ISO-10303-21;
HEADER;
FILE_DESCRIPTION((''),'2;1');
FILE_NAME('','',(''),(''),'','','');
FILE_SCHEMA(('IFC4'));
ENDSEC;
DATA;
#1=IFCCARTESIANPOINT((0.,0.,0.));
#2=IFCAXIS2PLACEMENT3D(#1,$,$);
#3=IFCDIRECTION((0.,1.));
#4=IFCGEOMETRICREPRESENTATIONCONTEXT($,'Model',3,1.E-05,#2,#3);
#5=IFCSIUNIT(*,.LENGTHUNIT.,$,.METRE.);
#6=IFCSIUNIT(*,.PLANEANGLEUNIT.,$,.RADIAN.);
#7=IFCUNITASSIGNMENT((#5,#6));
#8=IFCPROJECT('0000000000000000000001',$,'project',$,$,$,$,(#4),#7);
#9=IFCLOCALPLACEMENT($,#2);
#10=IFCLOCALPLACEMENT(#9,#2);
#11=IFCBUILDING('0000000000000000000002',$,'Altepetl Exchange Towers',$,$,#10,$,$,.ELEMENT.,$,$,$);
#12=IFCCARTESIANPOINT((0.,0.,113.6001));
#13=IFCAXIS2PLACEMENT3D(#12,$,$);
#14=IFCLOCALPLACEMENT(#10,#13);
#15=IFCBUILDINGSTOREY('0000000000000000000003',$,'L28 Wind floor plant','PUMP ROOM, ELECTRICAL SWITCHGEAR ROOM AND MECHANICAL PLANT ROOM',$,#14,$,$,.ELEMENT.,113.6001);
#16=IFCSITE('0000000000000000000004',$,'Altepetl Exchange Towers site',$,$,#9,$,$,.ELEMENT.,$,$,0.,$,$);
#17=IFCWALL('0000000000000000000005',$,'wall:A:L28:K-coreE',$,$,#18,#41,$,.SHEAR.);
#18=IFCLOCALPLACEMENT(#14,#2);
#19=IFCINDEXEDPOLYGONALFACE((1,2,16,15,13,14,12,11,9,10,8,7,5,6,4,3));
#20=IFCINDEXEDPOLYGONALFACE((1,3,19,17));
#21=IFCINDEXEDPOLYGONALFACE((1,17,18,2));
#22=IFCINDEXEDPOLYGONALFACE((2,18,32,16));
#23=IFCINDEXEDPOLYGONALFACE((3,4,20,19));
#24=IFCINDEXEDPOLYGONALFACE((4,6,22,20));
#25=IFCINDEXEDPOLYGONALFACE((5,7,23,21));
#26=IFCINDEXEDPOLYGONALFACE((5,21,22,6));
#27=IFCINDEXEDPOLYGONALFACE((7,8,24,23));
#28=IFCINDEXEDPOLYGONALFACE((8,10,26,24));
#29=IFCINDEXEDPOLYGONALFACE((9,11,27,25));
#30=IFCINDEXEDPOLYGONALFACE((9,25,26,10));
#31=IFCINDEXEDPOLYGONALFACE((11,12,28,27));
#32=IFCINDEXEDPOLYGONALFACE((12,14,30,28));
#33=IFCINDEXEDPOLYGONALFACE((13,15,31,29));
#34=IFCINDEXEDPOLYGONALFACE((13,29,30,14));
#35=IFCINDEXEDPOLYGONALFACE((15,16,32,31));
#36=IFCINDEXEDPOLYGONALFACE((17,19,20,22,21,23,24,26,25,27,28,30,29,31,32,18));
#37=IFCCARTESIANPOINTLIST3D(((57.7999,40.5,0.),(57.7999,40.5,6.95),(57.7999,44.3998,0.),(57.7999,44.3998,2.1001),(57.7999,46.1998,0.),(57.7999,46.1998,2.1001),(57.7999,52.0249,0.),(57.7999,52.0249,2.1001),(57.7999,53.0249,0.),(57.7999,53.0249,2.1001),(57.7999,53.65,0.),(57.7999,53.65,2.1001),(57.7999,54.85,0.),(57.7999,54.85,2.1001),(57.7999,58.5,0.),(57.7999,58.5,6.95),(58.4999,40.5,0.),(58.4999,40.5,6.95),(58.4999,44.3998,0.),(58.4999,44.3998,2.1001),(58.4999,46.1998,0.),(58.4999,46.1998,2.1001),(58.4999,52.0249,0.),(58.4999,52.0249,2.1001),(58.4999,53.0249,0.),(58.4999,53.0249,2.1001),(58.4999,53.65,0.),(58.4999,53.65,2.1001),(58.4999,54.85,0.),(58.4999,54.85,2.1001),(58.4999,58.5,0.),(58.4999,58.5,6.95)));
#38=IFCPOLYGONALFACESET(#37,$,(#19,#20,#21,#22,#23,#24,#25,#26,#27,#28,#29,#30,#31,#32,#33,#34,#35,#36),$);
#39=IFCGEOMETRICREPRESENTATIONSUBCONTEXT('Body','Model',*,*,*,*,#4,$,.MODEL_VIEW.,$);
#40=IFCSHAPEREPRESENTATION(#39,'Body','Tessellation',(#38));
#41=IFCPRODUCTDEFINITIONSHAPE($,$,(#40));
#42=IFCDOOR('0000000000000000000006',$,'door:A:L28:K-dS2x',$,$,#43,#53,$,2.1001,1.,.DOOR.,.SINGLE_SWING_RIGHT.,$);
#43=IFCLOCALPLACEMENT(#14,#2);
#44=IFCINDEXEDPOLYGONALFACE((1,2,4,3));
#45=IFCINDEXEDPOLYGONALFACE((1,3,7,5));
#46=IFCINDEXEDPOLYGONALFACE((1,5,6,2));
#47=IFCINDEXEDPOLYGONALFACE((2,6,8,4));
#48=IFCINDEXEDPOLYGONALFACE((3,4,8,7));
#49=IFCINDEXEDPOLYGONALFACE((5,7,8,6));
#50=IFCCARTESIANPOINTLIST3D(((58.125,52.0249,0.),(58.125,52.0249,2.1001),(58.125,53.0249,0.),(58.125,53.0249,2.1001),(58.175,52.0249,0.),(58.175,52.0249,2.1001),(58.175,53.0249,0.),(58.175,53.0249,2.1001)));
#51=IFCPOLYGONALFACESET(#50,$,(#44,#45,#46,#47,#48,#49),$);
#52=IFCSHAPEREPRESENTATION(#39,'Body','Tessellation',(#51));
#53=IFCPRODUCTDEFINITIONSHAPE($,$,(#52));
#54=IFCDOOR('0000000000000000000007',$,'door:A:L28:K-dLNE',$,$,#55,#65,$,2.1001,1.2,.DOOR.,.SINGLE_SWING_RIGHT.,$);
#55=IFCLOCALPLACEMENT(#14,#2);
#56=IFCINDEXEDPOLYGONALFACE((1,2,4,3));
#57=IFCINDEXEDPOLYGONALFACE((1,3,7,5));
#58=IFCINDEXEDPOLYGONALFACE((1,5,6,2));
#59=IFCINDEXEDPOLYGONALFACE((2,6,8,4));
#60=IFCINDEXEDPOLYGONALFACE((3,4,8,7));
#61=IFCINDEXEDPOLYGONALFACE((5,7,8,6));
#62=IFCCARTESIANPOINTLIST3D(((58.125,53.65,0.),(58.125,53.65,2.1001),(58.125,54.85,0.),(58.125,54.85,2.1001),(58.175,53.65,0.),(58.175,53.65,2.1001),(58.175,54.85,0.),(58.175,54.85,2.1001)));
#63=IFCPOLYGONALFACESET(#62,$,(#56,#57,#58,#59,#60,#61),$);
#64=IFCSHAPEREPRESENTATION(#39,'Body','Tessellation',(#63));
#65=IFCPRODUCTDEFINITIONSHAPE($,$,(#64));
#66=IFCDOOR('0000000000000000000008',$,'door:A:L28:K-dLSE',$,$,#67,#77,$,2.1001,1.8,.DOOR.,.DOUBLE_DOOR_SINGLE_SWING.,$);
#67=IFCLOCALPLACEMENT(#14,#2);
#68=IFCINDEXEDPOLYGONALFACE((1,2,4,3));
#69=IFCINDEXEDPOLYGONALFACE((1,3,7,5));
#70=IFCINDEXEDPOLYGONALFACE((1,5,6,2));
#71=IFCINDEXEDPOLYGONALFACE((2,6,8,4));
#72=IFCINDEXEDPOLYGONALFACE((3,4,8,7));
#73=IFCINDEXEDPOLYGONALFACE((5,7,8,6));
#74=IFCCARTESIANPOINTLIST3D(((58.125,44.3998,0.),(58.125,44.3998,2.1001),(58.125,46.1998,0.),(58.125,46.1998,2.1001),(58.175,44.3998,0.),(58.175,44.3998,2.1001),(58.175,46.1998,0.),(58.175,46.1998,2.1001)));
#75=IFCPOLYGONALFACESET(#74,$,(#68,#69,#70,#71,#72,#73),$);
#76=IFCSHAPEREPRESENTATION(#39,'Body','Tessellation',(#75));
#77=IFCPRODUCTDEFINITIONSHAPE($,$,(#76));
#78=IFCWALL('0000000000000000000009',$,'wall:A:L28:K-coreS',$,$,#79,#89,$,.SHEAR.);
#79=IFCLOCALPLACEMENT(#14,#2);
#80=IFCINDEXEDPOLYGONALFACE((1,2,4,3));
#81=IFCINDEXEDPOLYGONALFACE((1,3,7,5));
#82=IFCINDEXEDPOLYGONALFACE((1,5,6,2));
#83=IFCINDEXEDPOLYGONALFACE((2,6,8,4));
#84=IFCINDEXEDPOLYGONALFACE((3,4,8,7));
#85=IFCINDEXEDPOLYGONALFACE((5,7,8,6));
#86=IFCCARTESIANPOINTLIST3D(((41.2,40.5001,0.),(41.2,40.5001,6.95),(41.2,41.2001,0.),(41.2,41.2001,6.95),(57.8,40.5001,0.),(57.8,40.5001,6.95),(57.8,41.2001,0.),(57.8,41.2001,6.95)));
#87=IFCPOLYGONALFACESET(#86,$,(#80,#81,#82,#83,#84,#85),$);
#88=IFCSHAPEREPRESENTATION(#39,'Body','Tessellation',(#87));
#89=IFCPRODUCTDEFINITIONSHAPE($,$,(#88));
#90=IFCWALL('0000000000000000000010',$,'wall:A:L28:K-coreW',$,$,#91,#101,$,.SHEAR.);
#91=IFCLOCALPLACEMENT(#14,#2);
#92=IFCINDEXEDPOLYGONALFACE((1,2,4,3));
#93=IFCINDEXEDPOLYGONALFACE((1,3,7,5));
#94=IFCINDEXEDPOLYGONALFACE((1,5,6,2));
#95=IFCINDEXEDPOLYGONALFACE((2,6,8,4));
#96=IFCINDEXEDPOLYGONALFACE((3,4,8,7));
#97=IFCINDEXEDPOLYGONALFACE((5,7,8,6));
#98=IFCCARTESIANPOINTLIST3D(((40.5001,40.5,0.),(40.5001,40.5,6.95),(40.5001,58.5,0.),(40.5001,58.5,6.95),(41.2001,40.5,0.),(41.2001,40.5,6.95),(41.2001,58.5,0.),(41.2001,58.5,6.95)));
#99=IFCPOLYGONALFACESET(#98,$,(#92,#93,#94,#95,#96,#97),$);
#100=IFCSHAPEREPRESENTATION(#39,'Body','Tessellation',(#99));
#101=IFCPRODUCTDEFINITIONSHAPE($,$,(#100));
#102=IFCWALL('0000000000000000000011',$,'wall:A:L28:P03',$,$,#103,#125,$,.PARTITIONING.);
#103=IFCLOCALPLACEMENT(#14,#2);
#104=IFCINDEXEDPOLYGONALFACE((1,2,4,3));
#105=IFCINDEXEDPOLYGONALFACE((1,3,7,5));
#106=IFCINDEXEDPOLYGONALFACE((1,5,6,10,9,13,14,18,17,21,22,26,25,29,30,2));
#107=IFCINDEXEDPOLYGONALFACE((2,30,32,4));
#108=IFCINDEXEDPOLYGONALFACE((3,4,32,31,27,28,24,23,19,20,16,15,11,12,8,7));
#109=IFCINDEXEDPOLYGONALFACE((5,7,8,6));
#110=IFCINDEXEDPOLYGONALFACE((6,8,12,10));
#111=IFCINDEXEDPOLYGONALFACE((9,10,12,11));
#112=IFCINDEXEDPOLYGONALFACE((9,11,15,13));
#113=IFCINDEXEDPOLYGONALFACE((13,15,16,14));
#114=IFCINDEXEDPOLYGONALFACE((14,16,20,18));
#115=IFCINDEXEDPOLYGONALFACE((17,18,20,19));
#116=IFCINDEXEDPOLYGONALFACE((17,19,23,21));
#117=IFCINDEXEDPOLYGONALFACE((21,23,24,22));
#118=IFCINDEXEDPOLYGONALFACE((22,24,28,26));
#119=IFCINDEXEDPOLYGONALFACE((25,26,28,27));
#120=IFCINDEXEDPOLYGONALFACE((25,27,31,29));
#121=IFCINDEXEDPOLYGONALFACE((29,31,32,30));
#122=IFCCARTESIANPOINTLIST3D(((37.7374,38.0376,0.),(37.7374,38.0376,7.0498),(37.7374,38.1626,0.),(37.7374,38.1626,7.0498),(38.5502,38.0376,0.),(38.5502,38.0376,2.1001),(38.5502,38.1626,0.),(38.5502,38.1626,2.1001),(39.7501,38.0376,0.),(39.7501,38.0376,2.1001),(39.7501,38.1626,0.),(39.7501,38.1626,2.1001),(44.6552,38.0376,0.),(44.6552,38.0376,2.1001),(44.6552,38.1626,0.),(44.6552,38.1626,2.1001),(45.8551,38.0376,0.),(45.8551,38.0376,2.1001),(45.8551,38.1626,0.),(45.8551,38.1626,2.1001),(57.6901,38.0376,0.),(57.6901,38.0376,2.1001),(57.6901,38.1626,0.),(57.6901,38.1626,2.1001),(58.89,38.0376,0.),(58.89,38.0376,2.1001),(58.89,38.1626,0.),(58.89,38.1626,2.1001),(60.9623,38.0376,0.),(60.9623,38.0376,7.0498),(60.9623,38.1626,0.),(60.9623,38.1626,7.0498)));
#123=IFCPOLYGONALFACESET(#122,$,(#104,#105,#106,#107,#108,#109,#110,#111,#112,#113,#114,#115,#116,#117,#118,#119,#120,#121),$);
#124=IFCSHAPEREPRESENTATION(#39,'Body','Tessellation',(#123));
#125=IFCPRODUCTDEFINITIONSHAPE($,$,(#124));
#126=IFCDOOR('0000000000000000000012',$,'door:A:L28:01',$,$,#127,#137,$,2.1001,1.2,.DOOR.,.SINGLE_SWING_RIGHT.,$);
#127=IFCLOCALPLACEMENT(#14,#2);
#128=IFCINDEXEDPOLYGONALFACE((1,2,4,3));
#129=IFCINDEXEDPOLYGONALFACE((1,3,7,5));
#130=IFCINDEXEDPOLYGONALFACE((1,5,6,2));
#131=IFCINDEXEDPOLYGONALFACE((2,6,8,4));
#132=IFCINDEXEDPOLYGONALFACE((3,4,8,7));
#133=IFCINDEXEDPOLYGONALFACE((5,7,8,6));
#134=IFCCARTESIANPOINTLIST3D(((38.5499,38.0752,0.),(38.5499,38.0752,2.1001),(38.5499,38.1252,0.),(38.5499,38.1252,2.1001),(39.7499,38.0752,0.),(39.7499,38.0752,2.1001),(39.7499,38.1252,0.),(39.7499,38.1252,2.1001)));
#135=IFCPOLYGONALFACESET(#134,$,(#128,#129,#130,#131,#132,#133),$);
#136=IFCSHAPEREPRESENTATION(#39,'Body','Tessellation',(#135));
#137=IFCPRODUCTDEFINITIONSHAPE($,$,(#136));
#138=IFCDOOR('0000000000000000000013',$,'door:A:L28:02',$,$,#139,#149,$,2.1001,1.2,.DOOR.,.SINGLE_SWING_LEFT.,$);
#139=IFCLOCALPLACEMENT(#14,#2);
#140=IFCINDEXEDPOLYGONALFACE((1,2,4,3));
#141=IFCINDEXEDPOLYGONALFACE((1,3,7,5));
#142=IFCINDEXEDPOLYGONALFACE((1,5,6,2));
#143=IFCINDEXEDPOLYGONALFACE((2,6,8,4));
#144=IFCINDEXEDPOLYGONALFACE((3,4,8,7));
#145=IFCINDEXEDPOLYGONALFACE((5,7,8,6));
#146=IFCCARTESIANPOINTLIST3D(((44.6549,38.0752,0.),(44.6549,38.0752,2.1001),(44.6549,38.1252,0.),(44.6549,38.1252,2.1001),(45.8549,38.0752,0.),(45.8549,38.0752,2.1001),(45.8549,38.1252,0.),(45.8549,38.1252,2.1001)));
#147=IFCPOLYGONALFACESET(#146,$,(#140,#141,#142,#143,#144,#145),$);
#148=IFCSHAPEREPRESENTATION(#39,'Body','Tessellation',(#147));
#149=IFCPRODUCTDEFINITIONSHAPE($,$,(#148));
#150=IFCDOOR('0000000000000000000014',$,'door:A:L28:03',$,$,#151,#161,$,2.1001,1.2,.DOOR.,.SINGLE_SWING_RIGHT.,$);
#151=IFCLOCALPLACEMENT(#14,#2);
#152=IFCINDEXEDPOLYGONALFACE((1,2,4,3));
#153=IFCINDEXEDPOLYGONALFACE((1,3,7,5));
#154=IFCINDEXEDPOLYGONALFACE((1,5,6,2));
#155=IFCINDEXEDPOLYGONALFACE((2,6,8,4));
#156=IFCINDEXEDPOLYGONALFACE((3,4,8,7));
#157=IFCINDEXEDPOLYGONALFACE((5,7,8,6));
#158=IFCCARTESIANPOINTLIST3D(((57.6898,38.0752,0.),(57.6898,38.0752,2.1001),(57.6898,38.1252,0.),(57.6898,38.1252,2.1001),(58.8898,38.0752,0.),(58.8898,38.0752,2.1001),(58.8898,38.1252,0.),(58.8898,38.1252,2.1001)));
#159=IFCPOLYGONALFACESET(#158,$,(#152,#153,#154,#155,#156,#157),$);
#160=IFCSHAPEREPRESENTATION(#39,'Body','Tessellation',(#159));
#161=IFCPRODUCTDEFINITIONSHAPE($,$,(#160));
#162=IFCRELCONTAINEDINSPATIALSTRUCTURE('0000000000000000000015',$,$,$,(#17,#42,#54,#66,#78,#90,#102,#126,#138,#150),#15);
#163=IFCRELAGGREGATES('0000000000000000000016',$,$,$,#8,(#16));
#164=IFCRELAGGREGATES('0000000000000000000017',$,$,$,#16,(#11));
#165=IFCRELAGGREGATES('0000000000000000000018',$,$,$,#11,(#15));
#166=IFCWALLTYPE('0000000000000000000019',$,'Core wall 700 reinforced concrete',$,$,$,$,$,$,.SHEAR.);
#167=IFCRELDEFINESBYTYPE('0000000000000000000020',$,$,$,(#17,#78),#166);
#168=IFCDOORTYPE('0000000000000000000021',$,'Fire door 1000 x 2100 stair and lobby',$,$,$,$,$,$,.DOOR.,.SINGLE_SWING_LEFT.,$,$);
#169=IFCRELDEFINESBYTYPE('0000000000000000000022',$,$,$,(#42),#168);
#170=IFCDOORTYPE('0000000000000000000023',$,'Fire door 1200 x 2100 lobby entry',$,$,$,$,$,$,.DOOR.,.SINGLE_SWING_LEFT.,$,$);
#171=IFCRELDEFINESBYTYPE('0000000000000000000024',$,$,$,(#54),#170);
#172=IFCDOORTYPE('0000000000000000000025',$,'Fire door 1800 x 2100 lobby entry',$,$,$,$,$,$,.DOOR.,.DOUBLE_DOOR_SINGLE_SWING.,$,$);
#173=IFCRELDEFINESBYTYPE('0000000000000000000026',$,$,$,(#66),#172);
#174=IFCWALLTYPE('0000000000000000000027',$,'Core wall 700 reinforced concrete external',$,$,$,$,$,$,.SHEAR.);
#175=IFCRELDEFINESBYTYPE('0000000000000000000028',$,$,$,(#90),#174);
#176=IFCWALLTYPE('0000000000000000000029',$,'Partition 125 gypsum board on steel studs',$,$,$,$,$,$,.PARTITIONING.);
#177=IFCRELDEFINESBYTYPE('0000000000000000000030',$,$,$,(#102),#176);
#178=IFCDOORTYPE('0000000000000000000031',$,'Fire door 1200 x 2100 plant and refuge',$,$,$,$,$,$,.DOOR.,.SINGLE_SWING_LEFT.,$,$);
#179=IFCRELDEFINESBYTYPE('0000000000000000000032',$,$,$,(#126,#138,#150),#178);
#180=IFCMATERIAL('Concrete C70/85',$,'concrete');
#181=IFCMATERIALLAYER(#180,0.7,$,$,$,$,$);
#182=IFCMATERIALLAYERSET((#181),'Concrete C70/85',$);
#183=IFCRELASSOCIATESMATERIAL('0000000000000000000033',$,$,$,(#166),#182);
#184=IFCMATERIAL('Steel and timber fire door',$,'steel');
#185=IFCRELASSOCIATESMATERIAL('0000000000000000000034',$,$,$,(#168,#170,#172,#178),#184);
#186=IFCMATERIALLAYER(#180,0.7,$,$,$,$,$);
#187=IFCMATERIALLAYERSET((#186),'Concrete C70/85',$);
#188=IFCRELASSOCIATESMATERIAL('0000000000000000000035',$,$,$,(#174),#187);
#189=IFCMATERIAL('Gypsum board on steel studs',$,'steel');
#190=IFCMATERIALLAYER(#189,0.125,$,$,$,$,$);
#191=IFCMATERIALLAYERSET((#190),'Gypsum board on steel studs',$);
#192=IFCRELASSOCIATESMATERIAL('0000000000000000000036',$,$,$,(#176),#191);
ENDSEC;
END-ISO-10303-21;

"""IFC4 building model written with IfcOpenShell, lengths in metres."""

from ifc_helpers import new_model, si_unit, direction, frame, frame_2d, origin, place, context, subcontext, project, spatial, rectangle, extrude, material, layer, layer_set, type_object, element, fill, save


model = new_model("IFC4")

# Units and contexts
model_context = context("Model", 3, precision=1e-05, world=origin(), true_north=direction((0.0, 1.0)))
body_context = subcontext(model_context, "Body", "Model", "MODEL_VIEW")
ifc_project = project(units=[si_unit("LENGTHUNIT", "METRE"), si_unit("PLANEANGLEUNIT", "RADIAN")], contexts=[model_context])

# Site, building, storey
site_placement = place(None, origin())
site = spatial("IfcSite", under=ifc_project, at=site_placement, Name="Altepetl Exchange Towers site", CompositionType="ELEMENT", RefElevation=0.0)
building_placement = place(site_placement, origin())
building = spatial("IfcBuilding", under=site, at=building_placement, Name="Altepetl Exchange Towers", CompositionType="ELEMENT")
storey_placement = place(building_placement, frame((0.0, 0.0, 113.6001)))
storey = spatial("IfcBuildingStorey", under=building, at=storey_placement, Name="L28 Wind floor plant", Description="PUMP ROOM, ELECTRICAL SWITCHGEAR ROOM AND MECHANICAL PLANT ROOM", CompositionType="ELEMENT", Elevation=113.6001)

# Wall, openings, doors
ifc_material_1 = material(Name="Concrete C70/85", Category="concrete")
ifc_layer_1 = layer(ifc_material_1, 0.7)
ifc_layer_set_1 = layer_set([ifc_layer_1], Name="Concrete C70/85")
wall_type_1 = type_object("IfcWallType", Name="Core wall 700 reinforced concrete", PredefinedType="SHEAR", material=ifc_layer_set_1)
wall_1_placement = place(storey_placement, frame((58.1499, 40.5, 0.0), z_axis=(0.0, 0.0, 1.0), x_axis=(0.0, 1.0, 0.0)))
wall_1 = element("IfcWall", 1, at=wall_1_placement, inside=storey, type_object=wall_type_1, Name="wall:A:L28:K-coreE", PredefinedType="SHEAR", context=body_context, shape_type="SweptSolid", body=[
    extrude(rectangle(XDim=18.0, YDim=0.7, at=frame_2d((9.0, 0.0))), origin(), (0.0, 0.0, 1.0), 6.95),
])
opening_1_placement = place(wall_1_placement, frame((13.1499, 0.0, 0.0)))
opening_1 = element("IfcOpeningElement", 2, at=opening_1_placement, cuts=wall_1, PredefinedType="OPENING", context=body_context, shape_type="SweptSolid", body=[
    extrude(rectangle(XDim=1.2, YDim=2.1001, at=frame_2d((0.6001, 1.05))), frame((0.0, 0.3599, 0.0), z_axis=(0.0, -1.0, 0.0), x_axis=(1.0, 0.0, 0.0)), (0.0, 0.0, 1.0), 0.72),
])
opening_2_placement = place(wall_1_placement, frame((3.8999, 0.0, 0.0)))
opening_2 = element("IfcOpeningElement", 3, at=opening_2_placement, cuts=wall_1, PredefinedType="OPENING", context=body_context, shape_type="SweptSolid", body=[
    extrude(rectangle(XDim=1.8, YDim=2.1001, at=frame_2d((0.8999, 1.05))), frame((0.0, 0.3599, 0.0), z_axis=(0.0, -1.0, 0.0), x_axis=(1.0, 0.0, 0.0)), (0.0, 0.0, 1.0), 0.72),
])
opening_3_placement = place(wall_1_placement, frame((11.5249, 0.0, 0.0)))
opening_3 = element("IfcOpeningElement", 4, at=opening_3_placement, cuts=wall_1, PredefinedType="OPENING", context=body_context, shape_type="SweptSolid", body=[
    extrude(rectangle(XDim=1.0, YDim=2.1001, at=frame_2d((0.5, 1.05))), frame((0.0, 0.3599, 0.0), z_axis=(0.0, -1.0, 0.0), x_axis=(1.0, 0.0, 0.0)), (0.0, 0.0, 1.0), 0.72),
])
ifc_material_2 = material(Name="Steel and timber fire door", Category="steel")
door_type_1 = type_object("IfcDoorType", Name="Fire door 1000 x 2100 stair and lobby", OperationType="SINGLE_SWING_LEFT", PredefinedType="DOOR", material=ifc_material_2)
door_1_placement = place(opening_3_placement, origin())
door_1 = element("IfcDoor", 5, at=door_1_placement, inside=storey, type_object=door_type_1, Name="door:A:L28:K-dS2x", OperationType="SINGLE_SWING_RIGHT", OverallHeight=2.1001, OverallWidth=1.0, PredefinedType="DOOR", context=body_context, shape_type="SweptSolid", body=[
    extrude(rectangle(XDim=1.0, YDim=2.1001, at=frame_2d((0.5, 1.05))), frame((0.0, 0.0249, 0.0), z_axis=(0.0, -1.0, 0.0), x_axis=(1.0, 0.0, 0.0)), (0.0, 0.0, 1.0), 0.05),
])
fill(opening_3, door_1)
door_type_2 = type_object("IfcDoorType", Name="Fire door 1200 x 2100 lobby entry", OperationType="SINGLE_SWING_LEFT", PredefinedType="DOOR", material=ifc_material_2)
door_2_placement = place(opening_1_placement, origin())
door_2 = element("IfcDoor", 6, at=door_2_placement, inside=storey, type_object=door_type_2, Name="door:A:L28:K-dLNE", OperationType="SINGLE_SWING_RIGHT", OverallHeight=2.1001, OverallWidth=1.2, PredefinedType="DOOR", context=body_context, shape_type="SweptSolid", body=[
    extrude(rectangle(XDim=1.2, YDim=2.1001, at=frame_2d((0.6001, 1.05))), frame((0.0, 0.0249, 0.0), z_axis=(0.0, -1.0, 0.0), x_axis=(1.0, 0.0, 0.0)), (0.0, 0.0, 1.0), 0.05),
])
fill(opening_1, door_2)
door_type_3 = type_object("IfcDoorType", Name="Fire door 1800 x 2100 lobby entry", OperationType="DOUBLE_DOOR_SINGLE_SWING", PredefinedType="DOOR", material=ifc_material_2)
door_3_placement = place(opening_2_placement, origin())
door_3 = element("IfcDoor", 7, at=door_3_placement, inside=storey, type_object=door_type_3, Name="door:A:L28:K-dLSE", OperationType="DOUBLE_DOOR_SINGLE_SWING", OverallHeight=2.1001, OverallWidth=1.8, PredefinedType="DOOR", context=body_context, shape_type="SweptSolid", body=[
    extrude(rectangle(XDim=1.8, YDim=2.1001, at=frame_2d((0.8999, 1.05))), frame((0.0, 0.0249, 0.0), z_axis=(0.0, -1.0, 0.0), x_axis=(1.0, 0.0, 0.0)), (0.0, 0.0, 1.0), 0.05),
])
fill(opening_2, door_3)

# Walls
wall_2_placement = place(storey_placement, frame((41.2, 40.8501, 0.0)))
element("IfcWall", 8, at=wall_2_placement, inside=storey, type_object=wall_type_1, Name="wall:A:L28:K-coreS", PredefinedType="SHEAR", context=body_context, shape_type="SweptSolid", body=[
    extrude(rectangle(XDim=16.6001, YDim=0.7, at=frame_2d((8.3, 0.0))), origin(), (0.0, 0.0, 1.0), 6.95),
])
ifc_layer_2 = layer(ifc_material_1, 0.7)
ifc_layer_set_2 = layer_set([ifc_layer_2], Name="Concrete C70/85")
wall_type_2 = type_object("IfcWallType", Name="Core wall 700 reinforced concrete external", PredefinedType="SHEAR", material=ifc_layer_set_2)
wall_3_placement = place(storey_placement, frame((40.8501, 40.5, 0.0), z_axis=(0.0, 0.0, 1.0), x_axis=(0.0, 1.0, 0.0)))
element("IfcWall", 9, at=wall_3_placement, inside=storey, type_object=wall_type_2, Name="wall:A:L28:K-coreW", PredefinedType="SHEAR", context=body_context, shape_type="SweptSolid", body=[
    extrude(rectangle(XDim=18.0, YDim=0.7, at=frame_2d((9.0, 0.0))), origin(), (0.0, 0.0, 1.0), 6.95),
])

# Wall, openings, doors
ifc_material_3 = material(Name="Gypsum board on steel studs", Category="steel")
ifc_layer_3 = layer(ifc_material_3, 0.125)
ifc_layer_set_3 = layer_set([ifc_layer_3], Name="Gypsum board on steel studs")
wall_type_3 = type_object("IfcWallType", Name="Partition 125 gypsum board on steel studs", PredefinedType="PARTITIONING", material=ifc_layer_set_3)
wall_4_placement = place(storey_placement, frame((37.7375, 38.1001, 0.0)))
wall_4 = element("IfcWall", 10, at=wall_4_placement, inside=storey, type_object=wall_type_3, Name="wall:A:L28:P03", PredefinedType="PARTITIONING", context=body_context, shape_type="SweptSolid", body=[
    extrude(rectangle(XDim=23.2249, YDim=0.125, at=frame_2d((11.6123, 0.0))), origin(), (0.0, 0.0, 1.0), 7.0498),
])
opening_4_placement = place(wall_4_placement, frame((0.8125, 0.0, 0.0)))
opening_4 = element("IfcOpeningElement", 11, at=opening_4_placement, cuts=wall_4, PredefinedType="OPENING", context=body_context, shape_type="SweptSolid", body=[
    extrude(rectangle(XDim=1.2, YDim=2.1001, at=frame_2d((0.6001, 1.05))), frame((0.0, 0.0725, 0.0), z_axis=(0.0, -1.0, 0.0), x_axis=(1.0, 0.0, 0.0)), (0.0, 0.0, 1.0), 0.145),
])
opening_5_placement = place(wall_4_placement, frame((6.9175, 0.0, 0.0)))
opening_5 = element("IfcOpeningElement", 12, at=opening_5_placement, cuts=wall_4, PredefinedType="OPENING", context=body_context, shape_type="SweptSolid", body=[
    extrude(rectangle(XDim=1.2, YDim=2.1001, at=frame_2d((0.6001, 1.05))), frame((0.0, 0.0725, 0.0), z_axis=(0.0, -1.0, 0.0), x_axis=(1.0, 0.0, 0.0)), (0.0, 0.0, 1.0), 0.145),
])
opening_6_placement = place(wall_4_placement, frame((19.9524, 0.0, 0.0)))
opening_6 = element("IfcOpeningElement", 13, at=opening_6_placement, cuts=wall_4, PredefinedType="OPENING", context=body_context, shape_type="SweptSolid", body=[
    extrude(rectangle(XDim=1.2, YDim=2.1001, at=frame_2d((0.6001, 1.05))), frame((0.0, 0.0725, 0.0), z_axis=(0.0, -1.0, 0.0), x_axis=(1.0, 0.0, 0.0)), (0.0, 0.0, 1.0), 0.145),
])
door_type_4 = type_object("IfcDoorType", Name="Fire door 1200 x 2100 plant and refuge", OperationType="SINGLE_SWING_LEFT", PredefinedType="DOOR", material=ifc_material_2)
door_4_placement = place(opening_4_placement, frame((1.2, 0.0, 0.0), x_axis=(-1.0, 0.0, 0.0)))
door_4 = element("IfcDoor", 14, at=door_4_placement, inside=storey, type_object=door_type_4, Name="door:A:L28:01", OperationType="SINGLE_SWING_RIGHT", OverallHeight=2.1001, OverallWidth=1.2, PredefinedType="DOOR", context=body_context, shape_type="SweptSolid", body=[
    extrude(rectangle(XDim=1.2, YDim=2.1001, at=frame_2d((0.6001, 1.05))), frame((0.0, 0.0249, 0.0), z_axis=(0.0, -1.0, 0.0), x_axis=(1.0, 0.0, 0.0)), (0.0, 0.0, 1.0), 0.05),
])
fill(opening_4, door_4)
door_5_placement = place(opening_5_placement, frame((1.2, 0.0, 0.0), x_axis=(-1.0, 0.0, 0.0)))
door_5 = element("IfcDoor", 15, at=door_5_placement, inside=storey, type_object=door_type_4, Name="door:A:L28:02", OperationType="SINGLE_SWING_LEFT", OverallHeight=2.1001, OverallWidth=1.2, PredefinedType="DOOR", context=body_context, shape_type="SweptSolid", body=[
    extrude(rectangle(XDim=1.2, YDim=2.1001, at=frame_2d((0.6001, 1.05))), frame((0.0, 0.0249, 0.0), z_axis=(0.0, -1.0, 0.0), x_axis=(1.0, 0.0, 0.0)), (0.0, 0.0, 1.0), 0.05),
])
fill(opening_5, door_5)
door_6_placement = place(opening_6_placement, frame((1.2, 0.0, 0.0), x_axis=(-1.0, 0.0, 0.0)))
door_6 = element("IfcDoor", 16, at=door_6_placement, inside=storey, type_object=door_type_4, Name="door:A:L28:03", OperationType="SINGLE_SWING_RIGHT", OverallHeight=2.1001, OverallWidth=1.2, PredefinedType="DOOR", context=body_context, shape_type="SweptSolid", body=[
    extrude(rectangle(XDim=1.2, YDim=2.1001, at=frame_2d((0.6001, 1.05))), frame((0.0, 0.0249, 0.0), z_axis=(0.0, -1.0, 0.0), x_axis=(1.0, 0.0, 0.0)), (0.0, 0.0, 1.0), 0.05),
])
fill(opening_6, door_6)

save(model, "model.ifc")
